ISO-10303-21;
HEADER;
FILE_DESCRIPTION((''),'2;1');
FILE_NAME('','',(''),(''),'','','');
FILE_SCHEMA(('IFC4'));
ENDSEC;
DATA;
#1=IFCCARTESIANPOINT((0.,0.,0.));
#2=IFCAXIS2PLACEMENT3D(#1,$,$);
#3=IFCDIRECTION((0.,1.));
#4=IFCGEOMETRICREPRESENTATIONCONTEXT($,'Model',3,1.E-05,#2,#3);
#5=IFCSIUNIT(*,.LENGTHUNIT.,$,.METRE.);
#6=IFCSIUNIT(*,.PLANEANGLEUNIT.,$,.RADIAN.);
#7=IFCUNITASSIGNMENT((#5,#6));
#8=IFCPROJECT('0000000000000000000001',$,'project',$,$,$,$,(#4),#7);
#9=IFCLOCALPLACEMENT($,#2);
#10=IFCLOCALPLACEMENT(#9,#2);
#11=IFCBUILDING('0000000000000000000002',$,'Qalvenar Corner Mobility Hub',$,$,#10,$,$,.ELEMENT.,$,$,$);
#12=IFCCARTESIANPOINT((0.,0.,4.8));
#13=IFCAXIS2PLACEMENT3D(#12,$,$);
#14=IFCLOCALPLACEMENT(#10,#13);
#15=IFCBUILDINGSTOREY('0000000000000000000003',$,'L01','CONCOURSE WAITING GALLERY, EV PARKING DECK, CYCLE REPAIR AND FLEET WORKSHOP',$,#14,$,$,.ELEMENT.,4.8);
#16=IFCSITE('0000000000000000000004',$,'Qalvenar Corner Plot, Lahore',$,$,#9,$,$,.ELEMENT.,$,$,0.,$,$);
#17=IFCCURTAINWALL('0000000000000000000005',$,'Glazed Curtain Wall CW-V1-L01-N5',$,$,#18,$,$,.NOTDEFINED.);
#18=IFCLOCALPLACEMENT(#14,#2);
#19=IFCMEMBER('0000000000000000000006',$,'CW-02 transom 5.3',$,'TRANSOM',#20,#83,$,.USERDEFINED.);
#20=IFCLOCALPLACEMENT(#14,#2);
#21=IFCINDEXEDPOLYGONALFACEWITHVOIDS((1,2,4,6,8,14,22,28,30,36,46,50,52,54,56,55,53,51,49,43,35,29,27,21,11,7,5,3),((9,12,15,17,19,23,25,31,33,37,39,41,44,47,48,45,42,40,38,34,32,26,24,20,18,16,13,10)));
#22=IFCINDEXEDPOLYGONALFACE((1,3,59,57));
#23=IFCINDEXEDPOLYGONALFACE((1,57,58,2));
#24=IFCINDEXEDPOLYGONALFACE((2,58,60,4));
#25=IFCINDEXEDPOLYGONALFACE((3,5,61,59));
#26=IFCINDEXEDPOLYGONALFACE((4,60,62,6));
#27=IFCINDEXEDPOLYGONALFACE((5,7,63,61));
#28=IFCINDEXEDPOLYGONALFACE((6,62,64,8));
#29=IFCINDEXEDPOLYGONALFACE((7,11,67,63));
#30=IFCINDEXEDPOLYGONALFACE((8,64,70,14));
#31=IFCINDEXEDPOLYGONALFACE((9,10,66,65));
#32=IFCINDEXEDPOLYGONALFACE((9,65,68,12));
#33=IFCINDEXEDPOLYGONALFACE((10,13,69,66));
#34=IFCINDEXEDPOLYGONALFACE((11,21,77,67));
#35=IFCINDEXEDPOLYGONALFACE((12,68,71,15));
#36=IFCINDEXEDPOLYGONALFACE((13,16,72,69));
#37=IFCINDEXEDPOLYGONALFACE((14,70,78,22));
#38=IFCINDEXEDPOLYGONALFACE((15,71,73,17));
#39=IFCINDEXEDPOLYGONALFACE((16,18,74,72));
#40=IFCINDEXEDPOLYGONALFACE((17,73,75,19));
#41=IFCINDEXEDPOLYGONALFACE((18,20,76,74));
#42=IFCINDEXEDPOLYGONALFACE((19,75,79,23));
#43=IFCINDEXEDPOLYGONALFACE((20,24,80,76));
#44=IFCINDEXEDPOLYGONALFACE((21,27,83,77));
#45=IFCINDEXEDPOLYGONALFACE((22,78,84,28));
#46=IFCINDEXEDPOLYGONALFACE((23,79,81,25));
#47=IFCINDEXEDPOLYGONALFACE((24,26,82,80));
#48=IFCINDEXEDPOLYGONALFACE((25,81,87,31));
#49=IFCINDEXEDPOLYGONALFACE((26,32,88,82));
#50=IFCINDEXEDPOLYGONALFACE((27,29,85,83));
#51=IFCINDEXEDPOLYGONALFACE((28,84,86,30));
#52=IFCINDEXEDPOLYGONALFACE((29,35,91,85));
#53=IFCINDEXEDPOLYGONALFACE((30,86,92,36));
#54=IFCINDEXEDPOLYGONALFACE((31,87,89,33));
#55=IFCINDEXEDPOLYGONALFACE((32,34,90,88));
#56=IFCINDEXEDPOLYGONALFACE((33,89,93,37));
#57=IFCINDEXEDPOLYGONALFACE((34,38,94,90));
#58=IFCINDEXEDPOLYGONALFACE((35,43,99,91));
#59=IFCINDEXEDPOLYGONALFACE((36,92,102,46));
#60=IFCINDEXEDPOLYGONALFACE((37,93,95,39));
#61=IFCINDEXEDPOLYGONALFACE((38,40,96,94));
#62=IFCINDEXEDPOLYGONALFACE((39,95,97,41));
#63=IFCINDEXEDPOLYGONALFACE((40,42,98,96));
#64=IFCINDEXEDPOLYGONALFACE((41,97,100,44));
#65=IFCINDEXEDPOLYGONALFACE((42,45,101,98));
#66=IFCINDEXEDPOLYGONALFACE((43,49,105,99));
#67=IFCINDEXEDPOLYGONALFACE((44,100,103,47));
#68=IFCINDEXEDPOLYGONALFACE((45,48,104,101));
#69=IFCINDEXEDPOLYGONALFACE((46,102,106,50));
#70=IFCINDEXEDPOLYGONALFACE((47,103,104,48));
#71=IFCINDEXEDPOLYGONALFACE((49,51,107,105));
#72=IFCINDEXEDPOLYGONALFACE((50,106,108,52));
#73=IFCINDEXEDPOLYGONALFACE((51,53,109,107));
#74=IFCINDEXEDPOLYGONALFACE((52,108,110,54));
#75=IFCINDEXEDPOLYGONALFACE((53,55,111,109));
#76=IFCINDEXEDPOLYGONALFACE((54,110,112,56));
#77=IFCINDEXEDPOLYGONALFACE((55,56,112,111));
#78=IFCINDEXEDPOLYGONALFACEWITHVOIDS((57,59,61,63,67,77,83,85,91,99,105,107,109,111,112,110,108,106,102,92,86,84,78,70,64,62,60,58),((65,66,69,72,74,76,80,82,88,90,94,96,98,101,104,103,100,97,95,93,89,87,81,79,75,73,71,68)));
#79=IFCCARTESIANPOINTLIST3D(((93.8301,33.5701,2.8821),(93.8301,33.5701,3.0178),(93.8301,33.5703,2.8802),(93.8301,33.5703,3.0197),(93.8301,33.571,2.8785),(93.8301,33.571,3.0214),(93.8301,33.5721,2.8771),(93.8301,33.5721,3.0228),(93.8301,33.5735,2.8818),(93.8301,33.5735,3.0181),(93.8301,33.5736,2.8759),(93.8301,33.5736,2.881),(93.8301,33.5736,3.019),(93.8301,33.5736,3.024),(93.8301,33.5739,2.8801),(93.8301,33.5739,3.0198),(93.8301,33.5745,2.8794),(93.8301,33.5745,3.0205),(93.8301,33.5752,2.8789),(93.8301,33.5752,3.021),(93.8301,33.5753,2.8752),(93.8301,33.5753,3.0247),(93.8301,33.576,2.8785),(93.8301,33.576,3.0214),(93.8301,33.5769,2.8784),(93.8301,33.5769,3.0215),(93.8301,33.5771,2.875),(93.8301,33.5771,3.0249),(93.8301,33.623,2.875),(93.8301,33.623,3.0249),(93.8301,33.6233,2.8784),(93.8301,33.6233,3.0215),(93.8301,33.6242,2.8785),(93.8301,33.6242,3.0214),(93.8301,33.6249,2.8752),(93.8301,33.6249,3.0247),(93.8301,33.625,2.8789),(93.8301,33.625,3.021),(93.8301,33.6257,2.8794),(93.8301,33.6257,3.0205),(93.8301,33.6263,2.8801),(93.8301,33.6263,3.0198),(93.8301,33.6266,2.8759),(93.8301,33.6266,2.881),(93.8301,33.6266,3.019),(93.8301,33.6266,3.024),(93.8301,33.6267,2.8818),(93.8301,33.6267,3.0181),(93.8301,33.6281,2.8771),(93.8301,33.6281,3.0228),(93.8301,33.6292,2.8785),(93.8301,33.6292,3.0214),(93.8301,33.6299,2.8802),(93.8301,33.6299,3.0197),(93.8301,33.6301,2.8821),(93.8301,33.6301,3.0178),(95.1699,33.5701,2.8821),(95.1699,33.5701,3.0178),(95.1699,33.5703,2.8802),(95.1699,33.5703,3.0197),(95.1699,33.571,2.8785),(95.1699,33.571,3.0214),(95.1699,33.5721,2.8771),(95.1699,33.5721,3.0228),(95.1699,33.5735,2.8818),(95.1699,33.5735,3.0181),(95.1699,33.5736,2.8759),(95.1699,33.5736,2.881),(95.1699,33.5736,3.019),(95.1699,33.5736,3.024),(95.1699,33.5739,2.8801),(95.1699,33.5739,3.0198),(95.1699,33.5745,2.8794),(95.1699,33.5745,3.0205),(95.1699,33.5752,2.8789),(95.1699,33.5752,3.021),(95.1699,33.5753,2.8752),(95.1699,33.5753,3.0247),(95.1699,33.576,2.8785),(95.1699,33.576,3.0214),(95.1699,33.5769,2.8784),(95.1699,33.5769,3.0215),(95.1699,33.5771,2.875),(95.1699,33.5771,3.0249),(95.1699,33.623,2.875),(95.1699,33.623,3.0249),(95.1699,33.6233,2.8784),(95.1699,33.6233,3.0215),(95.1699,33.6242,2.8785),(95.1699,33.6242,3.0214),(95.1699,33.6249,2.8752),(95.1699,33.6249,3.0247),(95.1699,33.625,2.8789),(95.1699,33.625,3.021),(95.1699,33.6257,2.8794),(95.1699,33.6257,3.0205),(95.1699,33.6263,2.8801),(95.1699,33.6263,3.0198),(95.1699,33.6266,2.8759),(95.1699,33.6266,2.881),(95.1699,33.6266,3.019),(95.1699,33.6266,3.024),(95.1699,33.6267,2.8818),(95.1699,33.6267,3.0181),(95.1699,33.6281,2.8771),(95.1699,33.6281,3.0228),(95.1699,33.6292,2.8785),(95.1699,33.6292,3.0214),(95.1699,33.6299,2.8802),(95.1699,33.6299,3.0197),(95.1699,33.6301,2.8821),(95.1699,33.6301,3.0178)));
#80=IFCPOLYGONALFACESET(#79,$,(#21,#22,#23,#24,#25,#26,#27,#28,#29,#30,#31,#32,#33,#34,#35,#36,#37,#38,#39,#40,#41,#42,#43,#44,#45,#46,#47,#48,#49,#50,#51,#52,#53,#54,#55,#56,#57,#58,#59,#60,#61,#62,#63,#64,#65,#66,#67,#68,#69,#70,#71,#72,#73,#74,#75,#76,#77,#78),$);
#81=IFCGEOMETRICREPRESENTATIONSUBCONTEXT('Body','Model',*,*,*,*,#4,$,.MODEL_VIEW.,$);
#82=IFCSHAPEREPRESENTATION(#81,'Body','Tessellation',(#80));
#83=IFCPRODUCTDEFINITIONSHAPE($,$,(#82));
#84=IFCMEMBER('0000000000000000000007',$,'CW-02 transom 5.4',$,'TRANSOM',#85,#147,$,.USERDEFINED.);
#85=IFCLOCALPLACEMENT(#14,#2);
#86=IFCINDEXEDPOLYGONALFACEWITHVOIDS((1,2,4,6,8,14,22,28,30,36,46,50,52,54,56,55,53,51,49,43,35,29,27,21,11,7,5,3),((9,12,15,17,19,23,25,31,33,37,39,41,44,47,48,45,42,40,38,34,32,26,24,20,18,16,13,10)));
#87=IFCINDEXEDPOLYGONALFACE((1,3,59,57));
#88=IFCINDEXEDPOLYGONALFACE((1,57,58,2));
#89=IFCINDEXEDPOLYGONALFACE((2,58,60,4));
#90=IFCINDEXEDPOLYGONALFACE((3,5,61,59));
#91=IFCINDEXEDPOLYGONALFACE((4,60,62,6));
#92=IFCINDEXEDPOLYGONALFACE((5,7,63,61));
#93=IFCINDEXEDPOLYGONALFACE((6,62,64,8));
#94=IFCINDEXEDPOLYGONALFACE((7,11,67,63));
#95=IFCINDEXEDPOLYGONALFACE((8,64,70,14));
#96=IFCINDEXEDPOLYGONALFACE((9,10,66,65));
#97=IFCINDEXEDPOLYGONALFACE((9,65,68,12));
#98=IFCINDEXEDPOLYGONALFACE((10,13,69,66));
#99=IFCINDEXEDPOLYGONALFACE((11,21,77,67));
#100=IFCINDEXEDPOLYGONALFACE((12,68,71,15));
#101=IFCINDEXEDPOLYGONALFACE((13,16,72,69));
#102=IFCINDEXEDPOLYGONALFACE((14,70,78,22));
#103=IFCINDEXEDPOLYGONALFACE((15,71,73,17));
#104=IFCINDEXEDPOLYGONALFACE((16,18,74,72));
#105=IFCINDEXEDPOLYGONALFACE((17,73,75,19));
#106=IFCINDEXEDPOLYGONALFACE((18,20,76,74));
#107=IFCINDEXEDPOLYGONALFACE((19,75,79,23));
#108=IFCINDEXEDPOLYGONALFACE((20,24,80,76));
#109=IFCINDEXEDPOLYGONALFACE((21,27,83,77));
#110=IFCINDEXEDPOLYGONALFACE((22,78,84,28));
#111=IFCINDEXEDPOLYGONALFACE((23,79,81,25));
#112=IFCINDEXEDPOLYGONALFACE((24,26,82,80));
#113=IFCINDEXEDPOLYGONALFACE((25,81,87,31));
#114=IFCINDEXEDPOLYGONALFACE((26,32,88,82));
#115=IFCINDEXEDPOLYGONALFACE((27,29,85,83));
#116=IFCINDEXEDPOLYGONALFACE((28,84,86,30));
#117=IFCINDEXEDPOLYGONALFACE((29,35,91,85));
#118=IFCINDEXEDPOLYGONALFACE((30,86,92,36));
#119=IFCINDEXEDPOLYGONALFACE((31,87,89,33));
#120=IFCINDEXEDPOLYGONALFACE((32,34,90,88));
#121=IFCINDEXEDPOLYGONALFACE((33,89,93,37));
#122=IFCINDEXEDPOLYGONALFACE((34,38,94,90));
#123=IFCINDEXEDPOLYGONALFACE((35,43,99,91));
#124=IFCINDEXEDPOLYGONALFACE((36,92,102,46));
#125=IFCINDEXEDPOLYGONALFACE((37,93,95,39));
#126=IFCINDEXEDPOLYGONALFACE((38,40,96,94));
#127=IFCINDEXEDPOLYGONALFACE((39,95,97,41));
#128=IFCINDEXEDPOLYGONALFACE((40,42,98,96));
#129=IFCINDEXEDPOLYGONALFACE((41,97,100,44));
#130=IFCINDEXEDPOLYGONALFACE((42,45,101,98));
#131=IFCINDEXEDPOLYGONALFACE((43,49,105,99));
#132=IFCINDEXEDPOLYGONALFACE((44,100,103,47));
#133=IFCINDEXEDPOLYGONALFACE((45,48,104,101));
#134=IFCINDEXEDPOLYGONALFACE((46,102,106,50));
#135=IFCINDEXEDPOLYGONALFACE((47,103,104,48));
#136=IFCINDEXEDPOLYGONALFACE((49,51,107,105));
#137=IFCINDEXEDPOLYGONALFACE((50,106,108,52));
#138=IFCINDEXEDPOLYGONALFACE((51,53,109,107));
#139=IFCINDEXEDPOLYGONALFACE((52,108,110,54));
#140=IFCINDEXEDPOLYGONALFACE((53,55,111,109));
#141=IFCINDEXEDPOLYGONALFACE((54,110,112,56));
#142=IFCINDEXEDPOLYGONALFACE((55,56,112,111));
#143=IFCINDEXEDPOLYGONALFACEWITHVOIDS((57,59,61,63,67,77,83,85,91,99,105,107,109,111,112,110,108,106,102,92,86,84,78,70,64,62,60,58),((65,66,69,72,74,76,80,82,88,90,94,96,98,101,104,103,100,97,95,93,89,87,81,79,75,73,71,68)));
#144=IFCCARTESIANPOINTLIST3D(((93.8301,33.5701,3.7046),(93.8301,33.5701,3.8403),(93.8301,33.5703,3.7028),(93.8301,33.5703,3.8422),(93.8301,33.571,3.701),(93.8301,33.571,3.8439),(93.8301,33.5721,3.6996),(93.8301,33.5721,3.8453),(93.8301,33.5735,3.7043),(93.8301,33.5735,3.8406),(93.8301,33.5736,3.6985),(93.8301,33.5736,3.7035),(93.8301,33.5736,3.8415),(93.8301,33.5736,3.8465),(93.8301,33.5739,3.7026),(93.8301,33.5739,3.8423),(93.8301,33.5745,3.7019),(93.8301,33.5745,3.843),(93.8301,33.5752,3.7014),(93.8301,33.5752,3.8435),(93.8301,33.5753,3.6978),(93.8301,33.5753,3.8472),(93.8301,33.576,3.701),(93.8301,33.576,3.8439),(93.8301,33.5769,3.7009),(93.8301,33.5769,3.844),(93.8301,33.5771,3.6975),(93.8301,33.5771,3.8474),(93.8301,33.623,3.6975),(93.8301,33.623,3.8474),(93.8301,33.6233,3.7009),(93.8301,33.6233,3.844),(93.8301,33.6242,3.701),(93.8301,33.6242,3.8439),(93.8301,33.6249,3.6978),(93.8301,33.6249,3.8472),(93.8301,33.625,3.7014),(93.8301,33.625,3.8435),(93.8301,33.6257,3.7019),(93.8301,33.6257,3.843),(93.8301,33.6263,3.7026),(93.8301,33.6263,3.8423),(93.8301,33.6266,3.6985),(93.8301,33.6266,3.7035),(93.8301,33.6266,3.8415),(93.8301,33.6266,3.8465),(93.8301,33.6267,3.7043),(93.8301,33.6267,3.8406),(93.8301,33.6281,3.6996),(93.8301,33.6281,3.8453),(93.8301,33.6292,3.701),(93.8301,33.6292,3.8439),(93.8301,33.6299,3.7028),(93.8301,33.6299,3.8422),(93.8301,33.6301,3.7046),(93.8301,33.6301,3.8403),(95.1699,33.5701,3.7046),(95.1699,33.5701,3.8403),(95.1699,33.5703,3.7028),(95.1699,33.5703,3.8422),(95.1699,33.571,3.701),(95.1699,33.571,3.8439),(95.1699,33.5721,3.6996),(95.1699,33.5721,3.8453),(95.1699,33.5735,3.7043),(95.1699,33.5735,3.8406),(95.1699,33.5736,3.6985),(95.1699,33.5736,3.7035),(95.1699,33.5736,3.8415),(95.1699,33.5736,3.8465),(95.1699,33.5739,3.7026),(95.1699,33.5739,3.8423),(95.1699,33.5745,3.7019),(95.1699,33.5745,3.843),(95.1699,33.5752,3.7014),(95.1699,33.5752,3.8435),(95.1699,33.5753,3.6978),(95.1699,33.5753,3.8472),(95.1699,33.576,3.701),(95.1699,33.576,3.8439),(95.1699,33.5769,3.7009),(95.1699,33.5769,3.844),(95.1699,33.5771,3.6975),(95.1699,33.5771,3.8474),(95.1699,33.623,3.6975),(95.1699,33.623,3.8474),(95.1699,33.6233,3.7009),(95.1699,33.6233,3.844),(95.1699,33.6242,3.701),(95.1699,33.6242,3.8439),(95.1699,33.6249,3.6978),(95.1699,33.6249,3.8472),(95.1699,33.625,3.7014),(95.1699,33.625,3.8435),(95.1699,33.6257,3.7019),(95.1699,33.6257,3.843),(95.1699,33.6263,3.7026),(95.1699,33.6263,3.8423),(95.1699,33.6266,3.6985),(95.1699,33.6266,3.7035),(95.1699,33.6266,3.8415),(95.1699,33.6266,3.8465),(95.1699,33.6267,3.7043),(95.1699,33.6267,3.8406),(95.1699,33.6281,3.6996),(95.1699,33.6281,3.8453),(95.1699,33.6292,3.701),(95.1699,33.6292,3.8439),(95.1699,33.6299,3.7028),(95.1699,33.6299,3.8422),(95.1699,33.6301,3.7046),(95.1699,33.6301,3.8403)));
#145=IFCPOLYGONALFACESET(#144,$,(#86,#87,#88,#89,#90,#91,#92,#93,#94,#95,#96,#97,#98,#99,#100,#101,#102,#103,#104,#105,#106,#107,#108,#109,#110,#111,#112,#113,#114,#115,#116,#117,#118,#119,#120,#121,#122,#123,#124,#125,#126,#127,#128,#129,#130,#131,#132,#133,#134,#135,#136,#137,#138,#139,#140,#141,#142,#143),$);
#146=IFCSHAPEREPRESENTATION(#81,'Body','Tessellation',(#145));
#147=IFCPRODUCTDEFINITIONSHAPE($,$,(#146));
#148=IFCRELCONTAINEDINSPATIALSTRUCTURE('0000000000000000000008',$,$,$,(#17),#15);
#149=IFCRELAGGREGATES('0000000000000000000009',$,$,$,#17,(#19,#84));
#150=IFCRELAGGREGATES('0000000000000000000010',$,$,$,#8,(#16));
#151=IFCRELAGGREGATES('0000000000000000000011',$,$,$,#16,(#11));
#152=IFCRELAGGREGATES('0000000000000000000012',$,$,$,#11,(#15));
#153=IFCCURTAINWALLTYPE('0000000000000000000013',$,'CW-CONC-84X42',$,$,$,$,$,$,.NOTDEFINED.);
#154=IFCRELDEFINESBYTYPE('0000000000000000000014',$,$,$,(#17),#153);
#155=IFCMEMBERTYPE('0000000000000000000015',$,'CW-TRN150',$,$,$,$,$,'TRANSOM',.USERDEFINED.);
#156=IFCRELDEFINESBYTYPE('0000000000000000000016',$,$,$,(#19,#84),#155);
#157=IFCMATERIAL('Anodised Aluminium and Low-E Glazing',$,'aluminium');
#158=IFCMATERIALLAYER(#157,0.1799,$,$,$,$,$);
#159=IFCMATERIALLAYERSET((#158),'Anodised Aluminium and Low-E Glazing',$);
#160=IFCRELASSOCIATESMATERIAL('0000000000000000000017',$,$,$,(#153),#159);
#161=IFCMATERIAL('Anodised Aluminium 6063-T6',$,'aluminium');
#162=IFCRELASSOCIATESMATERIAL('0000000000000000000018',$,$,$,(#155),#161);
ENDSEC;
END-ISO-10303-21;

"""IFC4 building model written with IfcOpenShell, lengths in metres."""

from ifc_helpers import new_model, si_unit, direction, frame, origin, origin_2d, place, context, subcontext, project, spatial, hollow_rectangle, extrude, material, layer, layer_set, material_profile, profile_set, type_object, element, aggregate, save


model = new_model("IFC4")

# Units and contexts
model_context = context("Model", 3, precision=1e-05, world=origin(), true_north=direction((0.0, 1.0)))
body_context = subcontext(model_context, "Body", "Model", "MODEL_VIEW")
ifc_project = project(units=[si_unit("LENGTHUNIT", "METRE"), si_unit("PLANEANGLEUNIT", "RADIAN")], contexts=[model_context])

# Site, building, storey
site_placement = place(None, origin())
site = spatial("IfcSite", under=ifc_project, at=site_placement, Name="Qalvenar Corner Plot, Lahore", CompositionType="ELEMENT", RefElevation=0.0)
building_placement = place(site_placement, origin())
building = spatial("IfcBuilding", under=site, at=building_placement, Name="Qalvenar Corner Mobility Hub", CompositionType="ELEMENT")
storey_placement = place(building_placement, frame((0.0, 0.0, 4.8)))
storey = spatial("IfcBuildingStorey", under=building, at=storey_placement, Name="L01", Description="CONCOURSE WAITING GALLERY, EV PARKING DECK, CYCLE REPAIR AND FLEET WORKSHOP", CompositionType="ELEMENT", Elevation=4.8)

# Shared definitions
ifc_material_1 = material(Name="Anodised Aluminium and Low-E Glazing", Category="aluminium")
ifc_layer_1 = layer(ifc_material_1, 0.1799)
ifc_layer_set_1 = layer_set([ifc_layer_1], Name="Anodised Aluminium and Low-E Glazing")
curtain_wall_type = type_object("IfcCurtainWallType", Name="CW-CONC-84X42", PredefinedType="NOTDEFINED", material=ifc_layer_set_1)
ifc_material_2 = material(Name="Anodised Aluminium 6063-T6", Category="aluminium")

# Curtain wall, members
curtain_wall_1_placement = place(storey_placement, origin())
curtain_wall_1 = element("IfcCurtainWall", 1, at=curtain_wall_1_placement, inside=storey, type_object=curtain_wall_type, Name="Glazed Curtain Wall CW-V1-L01-N5", PredefinedType="NOTDEFINED")
ifc_material_profile_1 = material_profile(ifc_material_2, hollow_rectangle(XDim=0.0601, YDim=0.1499, WallThickness=0.0034, InnerFilletRadius=0.0034, OuterFilletRadius=0.0071, at=origin_2d()), Name="RHS150x60x3.5")
ifc_profile_set_1 = profile_set([ifc_material_profile_1], Name="Anodised Aluminium 6063-T6")
member_type_1 = type_object("IfcMemberType", Name="CW-TRN150", ElementType="TRANSOM", PredefinedType="USERDEFINED", material=ifc_profile_set_1)
member_1_placement = place(storey_placement, frame((95.1699, 33.6001, 2.95), z_axis=(-1.0, 0.0, 0.0), x_axis=(0.0, -1.0, 0.0)))
member_1 = element("IfcMember", 2, at=member_1_placement, type_object=member_type_1, Name="CW-02 transom 5.3", ObjectType="TRANSOM", PredefinedType="USERDEFINED", context=body_context, shape_type="SweptSolid", body=[
    extrude(hollow_rectangle(XDim=0.0601, YDim=0.1499, WallThickness=0.0034, InnerFilletRadius=0.0034, OuterFilletRadius=0.0071, at=origin_2d()), origin(), (0.0, 0.0, 1.0), 1.3398),
])
member_2_placement = place(storey_placement, frame((95.1699, 33.6001, 3.7725), z_axis=(-1.0, 0.0, 0.0), x_axis=(0.0, -1.0, 0.0)))
member_2 = element("IfcMember", 3, at=member_2_placement, type_object=member_type_1, Name="CW-02 transom 5.4", ObjectType="TRANSOM", PredefinedType="USERDEFINED", context=body_context, shape_type="SweptSolid", body=[
    extrude(hollow_rectangle(XDim=0.0601, YDim=0.1499, WallThickness=0.0034, InnerFilletRadius=0.0034, OuterFilletRadius=0.0071, at=origin_2d()), origin(), (0.0, 0.0, 1.0), 1.3398),
])
aggregate(curtain_wall_1, [member_1, member_2])

save(model, "model.ifc")
